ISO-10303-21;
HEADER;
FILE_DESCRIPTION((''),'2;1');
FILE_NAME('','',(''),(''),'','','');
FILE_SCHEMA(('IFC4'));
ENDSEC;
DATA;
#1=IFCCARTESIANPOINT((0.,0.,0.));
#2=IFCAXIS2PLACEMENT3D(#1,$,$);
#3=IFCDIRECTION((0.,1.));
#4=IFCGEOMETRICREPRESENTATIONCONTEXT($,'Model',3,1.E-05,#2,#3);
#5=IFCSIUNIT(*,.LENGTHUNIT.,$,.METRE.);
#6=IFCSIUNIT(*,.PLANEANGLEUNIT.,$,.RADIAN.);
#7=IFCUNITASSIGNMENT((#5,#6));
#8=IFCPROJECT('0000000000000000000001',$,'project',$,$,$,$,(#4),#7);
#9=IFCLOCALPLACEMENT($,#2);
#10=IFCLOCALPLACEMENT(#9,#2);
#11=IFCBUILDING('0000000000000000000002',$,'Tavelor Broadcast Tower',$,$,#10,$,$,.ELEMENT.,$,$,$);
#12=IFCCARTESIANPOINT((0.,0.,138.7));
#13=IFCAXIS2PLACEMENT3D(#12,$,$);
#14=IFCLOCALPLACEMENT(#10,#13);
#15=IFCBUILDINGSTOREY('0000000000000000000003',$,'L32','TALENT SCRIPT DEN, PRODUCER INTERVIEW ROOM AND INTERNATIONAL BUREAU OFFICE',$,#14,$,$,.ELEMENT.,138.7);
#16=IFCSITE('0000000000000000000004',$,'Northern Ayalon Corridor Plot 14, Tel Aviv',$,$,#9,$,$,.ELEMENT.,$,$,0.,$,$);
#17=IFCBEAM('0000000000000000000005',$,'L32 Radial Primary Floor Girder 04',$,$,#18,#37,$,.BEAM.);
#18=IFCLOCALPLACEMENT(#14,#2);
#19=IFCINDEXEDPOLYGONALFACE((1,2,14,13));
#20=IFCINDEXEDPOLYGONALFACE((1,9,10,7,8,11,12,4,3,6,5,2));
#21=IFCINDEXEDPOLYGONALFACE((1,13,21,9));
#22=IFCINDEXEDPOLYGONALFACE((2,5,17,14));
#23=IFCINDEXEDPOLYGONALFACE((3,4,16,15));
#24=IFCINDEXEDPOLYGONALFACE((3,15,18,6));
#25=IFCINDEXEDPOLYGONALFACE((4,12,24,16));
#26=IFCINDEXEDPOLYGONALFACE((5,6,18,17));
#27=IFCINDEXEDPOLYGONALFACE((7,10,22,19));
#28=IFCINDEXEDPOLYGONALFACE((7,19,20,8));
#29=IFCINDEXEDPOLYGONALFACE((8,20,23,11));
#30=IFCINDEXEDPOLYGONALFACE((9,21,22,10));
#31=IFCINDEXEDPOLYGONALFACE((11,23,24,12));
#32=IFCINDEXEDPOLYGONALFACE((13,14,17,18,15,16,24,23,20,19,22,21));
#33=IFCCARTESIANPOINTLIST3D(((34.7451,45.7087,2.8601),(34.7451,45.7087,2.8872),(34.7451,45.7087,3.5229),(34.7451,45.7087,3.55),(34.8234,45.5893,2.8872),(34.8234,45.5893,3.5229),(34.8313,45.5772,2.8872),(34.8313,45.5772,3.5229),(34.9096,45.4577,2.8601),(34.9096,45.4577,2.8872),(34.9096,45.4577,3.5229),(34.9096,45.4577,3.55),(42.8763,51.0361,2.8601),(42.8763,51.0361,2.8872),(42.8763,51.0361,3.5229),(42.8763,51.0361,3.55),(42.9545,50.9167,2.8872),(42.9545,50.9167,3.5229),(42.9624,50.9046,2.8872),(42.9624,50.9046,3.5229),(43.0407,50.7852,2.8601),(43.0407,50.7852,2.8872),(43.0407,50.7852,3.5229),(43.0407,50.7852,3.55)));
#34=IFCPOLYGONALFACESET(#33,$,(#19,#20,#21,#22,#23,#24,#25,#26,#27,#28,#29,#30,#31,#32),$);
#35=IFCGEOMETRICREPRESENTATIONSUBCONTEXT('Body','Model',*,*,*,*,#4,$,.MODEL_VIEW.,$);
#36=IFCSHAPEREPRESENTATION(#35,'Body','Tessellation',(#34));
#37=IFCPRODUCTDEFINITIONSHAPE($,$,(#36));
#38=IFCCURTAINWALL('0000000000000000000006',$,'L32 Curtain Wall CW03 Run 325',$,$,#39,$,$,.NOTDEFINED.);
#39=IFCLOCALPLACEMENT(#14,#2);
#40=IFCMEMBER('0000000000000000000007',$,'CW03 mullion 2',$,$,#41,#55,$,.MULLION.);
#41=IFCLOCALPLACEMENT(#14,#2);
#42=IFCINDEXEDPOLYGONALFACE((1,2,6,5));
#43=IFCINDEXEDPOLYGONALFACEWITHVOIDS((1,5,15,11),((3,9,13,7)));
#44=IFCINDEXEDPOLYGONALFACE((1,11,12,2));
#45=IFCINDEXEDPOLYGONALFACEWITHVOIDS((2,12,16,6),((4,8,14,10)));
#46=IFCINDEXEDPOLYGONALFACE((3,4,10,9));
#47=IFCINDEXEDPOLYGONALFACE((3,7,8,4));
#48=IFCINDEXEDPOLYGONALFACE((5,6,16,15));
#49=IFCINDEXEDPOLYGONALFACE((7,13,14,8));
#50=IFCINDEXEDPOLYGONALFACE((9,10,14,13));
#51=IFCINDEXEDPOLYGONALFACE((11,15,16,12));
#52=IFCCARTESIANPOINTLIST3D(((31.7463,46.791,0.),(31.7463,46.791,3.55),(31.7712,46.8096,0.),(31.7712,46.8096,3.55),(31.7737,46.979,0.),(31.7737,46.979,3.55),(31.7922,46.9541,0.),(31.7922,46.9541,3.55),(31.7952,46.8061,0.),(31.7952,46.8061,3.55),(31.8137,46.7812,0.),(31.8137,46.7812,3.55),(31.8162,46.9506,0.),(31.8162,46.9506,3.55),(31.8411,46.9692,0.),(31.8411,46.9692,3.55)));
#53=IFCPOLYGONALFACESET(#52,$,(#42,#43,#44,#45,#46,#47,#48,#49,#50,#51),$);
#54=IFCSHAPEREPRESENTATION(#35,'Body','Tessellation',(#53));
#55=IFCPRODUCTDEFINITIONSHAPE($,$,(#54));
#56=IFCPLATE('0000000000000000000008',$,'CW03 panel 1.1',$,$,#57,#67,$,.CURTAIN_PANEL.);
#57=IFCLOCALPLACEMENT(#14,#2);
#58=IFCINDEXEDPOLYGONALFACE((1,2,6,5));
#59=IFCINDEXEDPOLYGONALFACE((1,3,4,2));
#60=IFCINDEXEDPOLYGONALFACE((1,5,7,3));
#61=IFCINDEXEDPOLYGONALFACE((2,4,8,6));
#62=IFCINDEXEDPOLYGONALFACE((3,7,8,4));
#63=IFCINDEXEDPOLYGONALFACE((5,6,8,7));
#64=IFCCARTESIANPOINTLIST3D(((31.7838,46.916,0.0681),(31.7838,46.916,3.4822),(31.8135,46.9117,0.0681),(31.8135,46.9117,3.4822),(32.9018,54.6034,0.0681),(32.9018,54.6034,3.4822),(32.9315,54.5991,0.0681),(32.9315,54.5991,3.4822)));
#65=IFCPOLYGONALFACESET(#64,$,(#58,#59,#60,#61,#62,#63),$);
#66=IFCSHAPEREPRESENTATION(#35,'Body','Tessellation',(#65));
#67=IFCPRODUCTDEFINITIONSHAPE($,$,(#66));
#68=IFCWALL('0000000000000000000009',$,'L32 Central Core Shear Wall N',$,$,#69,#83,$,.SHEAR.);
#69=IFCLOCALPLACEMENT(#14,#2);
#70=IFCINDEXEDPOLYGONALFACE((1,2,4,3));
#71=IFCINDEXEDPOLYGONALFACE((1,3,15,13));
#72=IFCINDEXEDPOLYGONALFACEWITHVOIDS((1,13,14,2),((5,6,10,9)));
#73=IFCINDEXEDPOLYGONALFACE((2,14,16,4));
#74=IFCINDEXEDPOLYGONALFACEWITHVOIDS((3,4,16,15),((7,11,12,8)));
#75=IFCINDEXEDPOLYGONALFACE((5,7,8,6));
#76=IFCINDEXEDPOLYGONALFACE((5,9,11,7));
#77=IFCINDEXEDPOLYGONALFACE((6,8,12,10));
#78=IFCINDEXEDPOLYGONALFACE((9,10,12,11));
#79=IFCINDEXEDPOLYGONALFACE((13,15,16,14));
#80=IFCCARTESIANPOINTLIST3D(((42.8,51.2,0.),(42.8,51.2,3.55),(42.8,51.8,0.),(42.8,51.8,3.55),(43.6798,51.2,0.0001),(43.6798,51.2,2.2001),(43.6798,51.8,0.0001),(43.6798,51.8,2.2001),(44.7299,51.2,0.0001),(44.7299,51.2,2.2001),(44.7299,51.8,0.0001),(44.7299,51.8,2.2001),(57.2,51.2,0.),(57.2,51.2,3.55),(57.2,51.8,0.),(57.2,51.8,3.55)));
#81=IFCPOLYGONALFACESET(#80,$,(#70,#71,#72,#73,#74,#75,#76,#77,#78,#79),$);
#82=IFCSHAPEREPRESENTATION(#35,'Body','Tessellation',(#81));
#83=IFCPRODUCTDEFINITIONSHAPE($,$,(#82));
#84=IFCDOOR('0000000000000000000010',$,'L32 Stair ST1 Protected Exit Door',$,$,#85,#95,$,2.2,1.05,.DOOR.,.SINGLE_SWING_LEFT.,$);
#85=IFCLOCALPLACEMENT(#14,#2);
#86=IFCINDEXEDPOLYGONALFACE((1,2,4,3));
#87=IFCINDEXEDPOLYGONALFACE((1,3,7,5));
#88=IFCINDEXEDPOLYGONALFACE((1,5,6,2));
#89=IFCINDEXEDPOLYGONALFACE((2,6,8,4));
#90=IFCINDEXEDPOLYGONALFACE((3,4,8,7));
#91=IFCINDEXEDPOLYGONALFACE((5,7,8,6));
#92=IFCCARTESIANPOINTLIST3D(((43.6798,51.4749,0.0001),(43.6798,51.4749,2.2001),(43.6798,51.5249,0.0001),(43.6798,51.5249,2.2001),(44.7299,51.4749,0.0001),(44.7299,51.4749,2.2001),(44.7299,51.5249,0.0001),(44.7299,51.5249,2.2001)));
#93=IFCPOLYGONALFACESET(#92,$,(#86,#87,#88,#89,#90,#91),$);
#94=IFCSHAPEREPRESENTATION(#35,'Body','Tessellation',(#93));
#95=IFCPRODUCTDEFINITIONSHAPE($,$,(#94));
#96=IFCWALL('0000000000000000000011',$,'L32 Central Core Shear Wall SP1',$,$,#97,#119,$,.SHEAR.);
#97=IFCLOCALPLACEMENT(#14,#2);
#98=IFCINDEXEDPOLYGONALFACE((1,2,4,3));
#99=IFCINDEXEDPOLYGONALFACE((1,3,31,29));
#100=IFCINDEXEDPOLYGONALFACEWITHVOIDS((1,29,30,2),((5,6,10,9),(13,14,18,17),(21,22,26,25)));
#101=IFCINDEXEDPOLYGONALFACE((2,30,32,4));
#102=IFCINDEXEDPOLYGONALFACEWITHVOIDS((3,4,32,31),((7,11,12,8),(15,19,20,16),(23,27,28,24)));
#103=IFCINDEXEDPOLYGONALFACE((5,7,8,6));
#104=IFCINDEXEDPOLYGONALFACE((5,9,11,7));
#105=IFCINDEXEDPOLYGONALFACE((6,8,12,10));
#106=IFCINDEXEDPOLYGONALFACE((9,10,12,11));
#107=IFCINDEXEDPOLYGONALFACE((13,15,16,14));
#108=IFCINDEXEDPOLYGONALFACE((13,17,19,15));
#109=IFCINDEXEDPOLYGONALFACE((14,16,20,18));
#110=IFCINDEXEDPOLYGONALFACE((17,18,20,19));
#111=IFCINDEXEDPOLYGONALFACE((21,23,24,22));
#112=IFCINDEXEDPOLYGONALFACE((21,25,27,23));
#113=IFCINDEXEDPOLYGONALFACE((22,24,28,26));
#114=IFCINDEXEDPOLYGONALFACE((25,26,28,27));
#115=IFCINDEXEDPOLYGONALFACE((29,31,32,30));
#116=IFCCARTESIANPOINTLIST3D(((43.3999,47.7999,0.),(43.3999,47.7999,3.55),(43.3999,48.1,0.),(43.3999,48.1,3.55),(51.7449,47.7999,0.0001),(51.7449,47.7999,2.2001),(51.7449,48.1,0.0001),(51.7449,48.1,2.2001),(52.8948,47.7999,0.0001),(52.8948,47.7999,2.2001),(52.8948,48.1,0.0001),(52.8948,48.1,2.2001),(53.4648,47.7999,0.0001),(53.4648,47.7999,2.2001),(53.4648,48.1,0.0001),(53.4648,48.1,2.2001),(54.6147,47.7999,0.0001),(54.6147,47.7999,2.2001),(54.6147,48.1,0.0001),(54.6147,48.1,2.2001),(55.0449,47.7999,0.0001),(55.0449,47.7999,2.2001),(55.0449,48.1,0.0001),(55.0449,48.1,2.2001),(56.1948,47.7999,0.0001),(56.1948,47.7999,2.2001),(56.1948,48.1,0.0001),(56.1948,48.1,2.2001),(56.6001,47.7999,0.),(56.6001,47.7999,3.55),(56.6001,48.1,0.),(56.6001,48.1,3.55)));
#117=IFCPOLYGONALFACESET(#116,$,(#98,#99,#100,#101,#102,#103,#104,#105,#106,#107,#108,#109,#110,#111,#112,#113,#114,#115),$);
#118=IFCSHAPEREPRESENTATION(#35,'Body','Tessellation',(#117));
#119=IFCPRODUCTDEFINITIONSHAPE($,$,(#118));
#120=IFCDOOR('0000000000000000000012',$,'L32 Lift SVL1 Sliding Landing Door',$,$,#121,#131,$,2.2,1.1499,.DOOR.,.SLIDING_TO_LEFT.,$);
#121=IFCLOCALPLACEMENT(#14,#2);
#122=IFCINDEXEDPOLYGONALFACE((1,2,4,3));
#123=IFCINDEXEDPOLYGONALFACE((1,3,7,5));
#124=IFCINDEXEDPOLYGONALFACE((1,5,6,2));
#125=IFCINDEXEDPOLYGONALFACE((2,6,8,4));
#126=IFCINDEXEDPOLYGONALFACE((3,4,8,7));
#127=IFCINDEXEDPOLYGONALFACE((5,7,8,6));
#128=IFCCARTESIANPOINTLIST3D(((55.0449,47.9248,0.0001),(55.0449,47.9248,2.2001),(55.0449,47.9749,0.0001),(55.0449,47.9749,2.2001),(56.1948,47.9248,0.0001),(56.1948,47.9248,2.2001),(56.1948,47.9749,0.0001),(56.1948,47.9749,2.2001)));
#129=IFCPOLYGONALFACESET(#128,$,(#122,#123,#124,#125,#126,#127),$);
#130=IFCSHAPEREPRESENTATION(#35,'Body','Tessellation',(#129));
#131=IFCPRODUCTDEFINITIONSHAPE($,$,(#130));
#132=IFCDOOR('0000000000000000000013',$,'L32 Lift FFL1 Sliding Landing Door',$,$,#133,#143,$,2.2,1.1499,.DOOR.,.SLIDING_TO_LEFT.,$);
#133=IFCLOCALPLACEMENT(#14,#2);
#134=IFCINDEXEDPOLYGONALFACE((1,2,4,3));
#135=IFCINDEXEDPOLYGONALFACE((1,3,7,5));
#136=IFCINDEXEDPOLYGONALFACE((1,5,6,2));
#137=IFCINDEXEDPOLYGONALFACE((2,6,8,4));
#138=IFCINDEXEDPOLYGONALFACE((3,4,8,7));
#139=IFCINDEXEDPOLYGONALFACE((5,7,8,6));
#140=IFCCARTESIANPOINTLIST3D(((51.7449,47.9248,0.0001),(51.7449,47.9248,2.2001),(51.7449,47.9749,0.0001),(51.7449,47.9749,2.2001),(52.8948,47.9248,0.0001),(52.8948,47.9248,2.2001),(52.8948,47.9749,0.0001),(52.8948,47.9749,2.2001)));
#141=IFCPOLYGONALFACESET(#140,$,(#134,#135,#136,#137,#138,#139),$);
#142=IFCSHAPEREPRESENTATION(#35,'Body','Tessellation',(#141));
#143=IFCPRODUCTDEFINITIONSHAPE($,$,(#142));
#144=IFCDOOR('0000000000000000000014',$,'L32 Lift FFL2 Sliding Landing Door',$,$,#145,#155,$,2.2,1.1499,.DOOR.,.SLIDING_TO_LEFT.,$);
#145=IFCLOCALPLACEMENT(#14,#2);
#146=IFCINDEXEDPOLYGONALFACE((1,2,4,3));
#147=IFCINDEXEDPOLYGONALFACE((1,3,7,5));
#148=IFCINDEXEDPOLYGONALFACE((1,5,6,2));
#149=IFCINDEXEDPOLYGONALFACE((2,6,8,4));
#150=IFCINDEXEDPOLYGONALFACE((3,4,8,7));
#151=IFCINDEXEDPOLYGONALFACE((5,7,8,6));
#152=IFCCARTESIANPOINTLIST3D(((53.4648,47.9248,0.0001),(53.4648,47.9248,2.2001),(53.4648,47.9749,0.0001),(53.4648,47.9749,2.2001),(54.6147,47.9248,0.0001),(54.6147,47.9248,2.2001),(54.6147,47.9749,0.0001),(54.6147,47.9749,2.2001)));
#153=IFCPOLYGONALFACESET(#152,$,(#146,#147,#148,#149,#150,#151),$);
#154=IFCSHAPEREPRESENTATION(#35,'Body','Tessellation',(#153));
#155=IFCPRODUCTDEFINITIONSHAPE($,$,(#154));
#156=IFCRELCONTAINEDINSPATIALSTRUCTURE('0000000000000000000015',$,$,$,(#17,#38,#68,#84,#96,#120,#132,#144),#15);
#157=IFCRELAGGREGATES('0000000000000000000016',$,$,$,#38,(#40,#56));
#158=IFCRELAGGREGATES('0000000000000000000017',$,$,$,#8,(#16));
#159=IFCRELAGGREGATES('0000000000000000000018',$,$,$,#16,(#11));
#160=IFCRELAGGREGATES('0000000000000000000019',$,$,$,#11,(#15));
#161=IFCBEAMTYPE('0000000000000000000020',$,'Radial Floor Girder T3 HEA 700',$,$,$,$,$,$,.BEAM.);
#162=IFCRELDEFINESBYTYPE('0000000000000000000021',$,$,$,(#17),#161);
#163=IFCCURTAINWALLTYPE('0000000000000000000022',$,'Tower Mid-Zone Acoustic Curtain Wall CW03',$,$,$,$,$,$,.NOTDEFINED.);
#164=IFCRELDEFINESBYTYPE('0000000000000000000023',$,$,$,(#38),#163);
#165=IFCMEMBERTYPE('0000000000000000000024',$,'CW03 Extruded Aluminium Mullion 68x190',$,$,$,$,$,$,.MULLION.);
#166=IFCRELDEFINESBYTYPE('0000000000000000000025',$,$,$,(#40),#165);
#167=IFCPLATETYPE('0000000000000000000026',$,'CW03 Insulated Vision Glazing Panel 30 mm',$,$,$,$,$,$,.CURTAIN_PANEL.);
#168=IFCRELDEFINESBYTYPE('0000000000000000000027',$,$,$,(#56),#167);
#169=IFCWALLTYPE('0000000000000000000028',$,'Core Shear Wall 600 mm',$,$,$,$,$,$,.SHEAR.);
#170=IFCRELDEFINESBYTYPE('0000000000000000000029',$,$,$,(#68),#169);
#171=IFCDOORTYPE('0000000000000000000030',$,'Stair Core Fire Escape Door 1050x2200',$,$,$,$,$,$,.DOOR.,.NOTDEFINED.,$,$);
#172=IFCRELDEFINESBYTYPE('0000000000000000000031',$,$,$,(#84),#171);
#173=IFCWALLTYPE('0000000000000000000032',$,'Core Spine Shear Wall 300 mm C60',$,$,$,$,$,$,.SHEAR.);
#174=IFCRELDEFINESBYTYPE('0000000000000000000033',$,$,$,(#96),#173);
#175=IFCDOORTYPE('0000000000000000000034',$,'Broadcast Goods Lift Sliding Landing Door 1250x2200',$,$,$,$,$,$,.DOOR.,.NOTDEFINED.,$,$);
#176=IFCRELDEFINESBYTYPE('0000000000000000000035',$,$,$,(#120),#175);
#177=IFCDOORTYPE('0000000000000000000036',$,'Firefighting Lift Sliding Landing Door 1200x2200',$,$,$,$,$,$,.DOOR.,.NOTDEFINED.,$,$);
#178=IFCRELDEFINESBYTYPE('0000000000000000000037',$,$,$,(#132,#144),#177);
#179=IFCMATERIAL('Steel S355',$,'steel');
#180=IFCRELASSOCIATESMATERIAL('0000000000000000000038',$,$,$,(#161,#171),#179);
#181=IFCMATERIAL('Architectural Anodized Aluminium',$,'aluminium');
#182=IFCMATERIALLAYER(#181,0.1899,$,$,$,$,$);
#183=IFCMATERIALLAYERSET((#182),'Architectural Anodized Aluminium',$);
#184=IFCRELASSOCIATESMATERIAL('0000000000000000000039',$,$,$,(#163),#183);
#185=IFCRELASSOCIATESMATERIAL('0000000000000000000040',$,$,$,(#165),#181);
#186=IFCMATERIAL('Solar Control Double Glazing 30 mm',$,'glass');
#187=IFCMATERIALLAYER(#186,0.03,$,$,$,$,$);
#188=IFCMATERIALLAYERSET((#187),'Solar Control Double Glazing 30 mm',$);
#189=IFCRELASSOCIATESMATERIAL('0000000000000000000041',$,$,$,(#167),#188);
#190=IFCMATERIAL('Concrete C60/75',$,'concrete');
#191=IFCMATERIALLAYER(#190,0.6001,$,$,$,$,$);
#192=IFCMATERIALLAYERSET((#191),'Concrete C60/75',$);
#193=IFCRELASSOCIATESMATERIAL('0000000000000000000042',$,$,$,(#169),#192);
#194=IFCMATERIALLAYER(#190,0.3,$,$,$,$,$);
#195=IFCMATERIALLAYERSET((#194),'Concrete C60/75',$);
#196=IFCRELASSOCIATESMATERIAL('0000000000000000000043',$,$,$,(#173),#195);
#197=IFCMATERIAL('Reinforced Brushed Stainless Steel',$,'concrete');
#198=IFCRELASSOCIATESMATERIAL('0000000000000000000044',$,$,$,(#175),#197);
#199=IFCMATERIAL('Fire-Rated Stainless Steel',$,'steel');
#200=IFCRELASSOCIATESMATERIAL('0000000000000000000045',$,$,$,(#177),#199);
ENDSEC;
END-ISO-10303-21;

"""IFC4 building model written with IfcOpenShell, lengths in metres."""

from ifc_helpers import new_model, si_unit, direction, frame, frame_2d, origin, origin_2d, place, context, subcontext, project, spatial, rectangle, hollow_rectangle, i_section, extrude, source, transform, mapped, material, layer, layer_set, material_profile, profile_set, type_object, type_shapes, element, fill, aggregate, save


model = new_model("IFC4")

# Units and contexts
model_context = context("Model", 3, precision=1e-05, world=origin(), true_north=direction((0.0, 1.0)))
body_context = subcontext(model_context, "Body", "Model", "MODEL_VIEW")
ifc_project = project(units=[si_unit("LENGTHUNIT", "METRE"), si_unit("PLANEANGLEUNIT", "RADIAN")], contexts=[model_context])

# Site, building, storey
site_placement = place(None, origin())
site = spatial("IfcSite", under=ifc_project, at=site_placement, Name="Northern Ayalon Corridor Plot 14, Tel Aviv", CompositionType="ELEMENT", RefElevation=0.0)
building_placement = place(site_placement, origin())
building = spatial("IfcBuilding", under=site, at=building_placement, Name="Tavelor Broadcast Tower", CompositionType="ELEMENT")
storey_placement = place(building_placement, frame((0.0, 0.0, 138.7)))
storey = spatial("IfcBuildingStorey", under=building, at=storey_placement, Name="L32", Description="TALENT SCRIPT DEN, PRODUCER INTERVIEW ROOM AND INTERNATIONAL BUREAU OFFICE", CompositionType="ELEMENT", Elevation=138.7)

# Shared definitions
ifc_material_1 = material(Name="Concrete C60/75", Category="concrete")

# Beam
ifc_material_2 = material(Name="Steel S355", Category="steel")
ifc_material_profile_1 = material_profile(ifc_material_2, i_section(OverallWidth=0.3, OverallDepth=0.6899, WebThickness=0.0144, FlangeThickness=0.0271, at=origin_2d()), Name="HEA 700")
ifc_profile_set_1 = profile_set([ifc_material_profile_1], Name="Steel S355")
beam_type_1 = type_object("IfcBeamType", Name="Radial Floor Girder T3 HEA 700", PredefinedType="BEAM", material=ifc_profile_set_1)
beam_1_placement = place(storey_placement, frame((42.9585, 50.9106, 3.2051), z_axis=(-0.836456, -0.548035, 0.0), x_axis=(0.548035, -0.836456, 0.0)))
element("IfcBeam", 1, at=beam_1_placement, inside=storey, type_object=beam_type_1, Name="L32 Radial Primary Floor Girder 04", PredefinedType="BEAM", context=body_context, shape_type="SweptSolid", body=[
    extrude(i_section(OverallWidth=0.3, OverallDepth=0.6899, WebThickness=0.0144, FlangeThickness=0.0271, at=origin_2d()), origin(), (0.0, 0.0, 1.0), 9.7209),
])

# Curtain wall, member, plate
ifc_material_3 = material(Name="Architectural Anodized Aluminium", Category="aluminium")
ifc_layer_1 = layer(ifc_material_3, 0.1899)
ifc_layer_set_1 = layer_set([ifc_layer_1], Name="Architectural Anodized Aluminium")
curtain_wall_type = type_object("IfcCurtainWallType", Name="Tower Mid-Zone Acoustic Curtain Wall CW03", PredefinedType="NOTDEFINED", material=ifc_layer_set_1)
curtain_wall_placement = place(storey_placement, origin())
curtain_wall = element("IfcCurtainWall", 2, at=curtain_wall_placement, inside=storey, type_object=curtain_wall_type, Name="L32 Curtain Wall CW03 Run 325", PredefinedType="NOTDEFINED")
ifc_material_profile_2 = material_profile(ifc_material_3, hollow_rectangle(XDim=0.0681, YDim=0.1899, WallThickness=0.022, at=origin_2d()), Name="RHS 68x190x22")
ifc_profile_set_2 = profile_set([ifc_material_profile_2], Name="Architectural Anodized Aluminium")
member_type = type_object("IfcMemberType", Name="CW03 Extruded Aluminium Mullion 68x190", PredefinedType="MULLION", material=ifc_profile_set_2)
shared_shape_1 = source(origin(), body_context, "Body", "SweptSolid", [
    extrude(hollow_rectangle(XDim=0.0681, YDim=0.1899, WallThickness=0.022, at=origin_2d()), origin(), (0.0, 0.0, 1.0), 3.55),
])
type_shapes(member_type, [shared_shape_1])
member_placement = place(storey_placement, frame((31.7937, 46.8801, 0.0), z_axis=(0.0, 0.0, 1.0), x_axis=(0.989589, -0.143924, 0.0)))
member = element("IfcMember", 3, at=member_placement, type_object=member_type, Name="CW03 mullion 2", PredefinedType="MULLION", context=body_context, shape_type="MappedRepresentation", body=[
    mapped(shared_shape_1, transform((0.0, 0.0, 0.0), scale=1.0)),
])
ifc_material_4 = material(Name="Solar Control Double Glazing 30 mm", Category="glass")
ifc_layer_2 = layer(ifc_material_4, 0.03)
ifc_layer_set_2 = layer_set([ifc_layer_2], Name="Solar Control Double Glazing 30 mm")
plate_type = type_object("IfcPlateType", Name="CW03 Insulated Vision Glazing Panel 30 mm", PredefinedType="CURTAIN_PANEL", material=ifc_layer_set_2)
shared_shape_2 = source(origin(), body_context, "Body", "SweptSolid", [
    extrude(rectangle(XDim=7.7683, YDim=0.03, at=origin_2d()), origin(), (0.0, 0.0, 1.0), 3.4141),
])
type_shapes(plate_type, [shared_shape_2])
plate_placement = place(storey_placement, frame((32.3577, 50.7576, 0.0681), z_axis=(0.0, 0.0, 1.0), x_axis=(-0.143924, -0.989589, 0.0)))
plate = element("IfcPlate", 4, at=plate_placement, type_object=plate_type, Name="CW03 panel 1.1", PredefinedType="CURTAIN_PANEL", context=body_context, shape_type="MappedRepresentation", body=[
    mapped(shared_shape_2, transform((0.0, 0.0, 0.0), scale=1.0)),
])
aggregate(curtain_wall, [member, plate])

# Wall, opening, door
ifc_layer_3 = layer(ifc_material_1, 0.6001)
ifc_layer_set_3 = layer_set([ifc_layer_3], Name="Concrete C60/75")
wall_type_1 = type_object("IfcWallType", Name="Core Shear Wall 600 mm", PredefinedType="SHEAR", material=ifc_layer_set_3)
wall_1_placement = place(storey_placement, frame((42.8, 51.5, 0.0), z_axis=(0.0, 0.0, 1.0), x_axis=(1.0, 0.0, 0.0)))
wall_1 = element("IfcWall", 5, at=wall_1_placement, inside=storey, type_object=wall_type_1, Name="L32 Central Core Shear Wall N", PredefinedType="SHEAR", context=body_context, shape_type="SweptSolid", body=[
    extrude(rectangle(XDim=14.3999, YDim=0.6001, at=frame_2d((7.2, 0.0))), origin(), (0.0, 0.0, 1.0), 3.55),
])
opening_1_placement = place(wall_1_placement, frame((0.8799, 0.0, 0.0)))
opening_1 = element("IfcOpeningElement", 6, at=opening_1_placement, cuts=wall_1, PredefinedType="OPENING", context=body_context, shape_type="SweptSolid", body=[
    extrude(rectangle(XDim=1.05, YDim=2.2, at=frame_2d((0.5249, 1.1001))), frame((0.0, 0.3101, 0.0), z_axis=(0.0, -1.0, 0.0), x_axis=(1.0, 0.0, 0.0)), (0.0, 0.0, 1.0), 0.6201),
])
door_type_1 = type_object("IfcDoorType", Name="Stair Core Fire Escape Door 1050x2200", OperationType="NOTDEFINED", PredefinedType="DOOR", material=ifc_material_2)
door_1_placement = place(opening_1_placement, origin())
door_1 = element("IfcDoor", 7, at=door_1_placement, inside=storey, type_object=door_type_1, Name="L32 Stair ST1 Protected Exit Door", OperationType="SINGLE_SWING_LEFT", OverallHeight=2.2, OverallWidth=1.05, PredefinedType="DOOR", context=body_context, shape_type="SweptSolid", body=[
    extrude(rectangle(XDim=1.05, YDim=2.2, at=frame_2d((0.5249, 1.1001))), frame((0.0, 0.0249, 0.0), z_axis=(0.0, -1.0, 0.0), x_axis=(1.0, 0.0, 0.0)), (0.0, 0.0, 1.0), 0.05),
])
fill(opening_1, door_1)

# Wall, openings, doors
ifc_layer_4 = layer(ifc_material_1, 0.3)
ifc_layer_set_4 = layer_set([ifc_layer_4], Name="Concrete C60/75")
wall_type_2 = type_object("IfcWallType", Name="Core Spine Shear Wall 300 mm C60", PredefinedType="SHEAR", material=ifc_layer_set_4)
wall_2_placement = place(storey_placement, frame((43.3999, 47.95, 0.0), z_axis=(0.0, 0.0, 1.0), x_axis=(1.0, 0.0, 0.0)))
wall_2 = element("IfcWall", 8, at=wall_2_placement, inside=storey, type_object=wall_type_2, Name="L32 Central Core Shear Wall SP1", PredefinedType="SHEAR", context=body_context, shape_type="SweptSolid", body=[
    extrude(rectangle(XDim=13.2002, YDim=0.3, at=frame_2d((6.6001, 0.0))), origin(), (0.0, 0.0, 1.0), 3.55),
])
opening_2_placement = place(wall_2_placement, frame((8.345, 0.0, 0.0)))
opening_2 = element("IfcOpeningElement", 9, at=opening_2_placement, cuts=wall_2, PredefinedType="OPENING", context=body_context, shape_type="SweptSolid", body=[
    extrude(rectangle(XDim=1.1499, YDim=2.2, at=frame_2d((0.575, 1.1001))), frame((0.0, 0.1602, 0.0), z_axis=(0.0, -1.0, 0.0), x_axis=(1.0, 0.0, 0.0)), (0.0, 0.0, 1.0), 0.3201),
])
opening_3_placement = place(wall_2_placement, frame((10.0649, 0.0, 0.0)))
opening_3 = element("IfcOpeningElement", 10, at=opening_3_placement, cuts=wall_2, PredefinedType="OPENING", context=body_context, shape_type="SweptSolid", body=[
    extrude(rectangle(XDim=1.1499, YDim=2.2, at=frame_2d((0.575, 1.1001))), frame((0.0, 0.1602, 0.0), z_axis=(0.0, -1.0, 0.0), x_axis=(1.0, 0.0, 0.0)), (0.0, 0.0, 1.0), 0.3201),
])
opening_4_placement = place(wall_2_placement, frame((11.645, 0.0, 0.0)))
opening_4 = element("IfcOpeningElement", 11, at=opening_4_placement, cuts=wall_2, PredefinedType="OPENING", context=body_context, shape_type="SweptSolid", body=[
    extrude(rectangle(XDim=1.1499, YDim=2.2, at=frame_2d((0.575, 1.1001))), frame((0.0, 0.1602, 0.0), z_axis=(0.0, -1.0, 0.0), x_axis=(1.0, 0.0, 0.0)), (0.0, 0.0, 1.0), 0.3201),
])
ifc_material_5 = material(Name="Reinforced Brushed Stainless Steel", Category="concrete")
door_type_2 = type_object("IfcDoorType", Name="Broadcast Goods Lift Sliding Landing Door 1250x2200", OperationType="NOTDEFINED", PredefinedType="DOOR", material=ifc_material_5)
door_2_placement = place(opening_4_placement, origin())
door_2 = element("IfcDoor", 12, at=door_2_placement, inside=storey, type_object=door_type_2, Name="L32 Lift SVL1 Sliding Landing Door", OperationType="SLIDING_TO_LEFT", OverallHeight=2.2, OverallWidth=1.1499, PredefinedType="DOOR", context=body_context, shape_type="SweptSolid", body=[
    extrude(rectangle(XDim=1.1499, YDim=2.2, at=frame_2d((0.575, 1.1001))), frame((0.0, 0.0249, 0.0), z_axis=(0.0, -1.0, 0.0), x_axis=(1.0, 0.0, 0.0)), (0.0, 0.0, 1.0), 0.05),
])
fill(opening_4, door_2)
ifc_material_6 = material(Name="Fire-Rated Stainless Steel", Category="steel")
door_type_3 = type_object("IfcDoorType", Name="Firefighting Lift Sliding Landing Door 1200x2200", OperationType="NOTDEFINED", PredefinedType="DOOR", material=ifc_material_6)
door_3_placement = place(opening_2_placement, origin())
door_3 = element("IfcDoor", 13, at=door_3_placement, inside=storey, type_object=door_type_3, Name="L32 Lift FFL1 Sliding Landing Door", OperationType="SLIDING_TO_LEFT", OverallHeight=2.2, OverallWidth=1.1499, PredefinedType="DOOR", context=body_context, shape_type="SweptSolid", body=[
    extrude(rectangle(XDim=1.1499, YDim=2.2, at=frame_2d((0.575, 1.1001))), frame((0.0, 0.0249, 0.0), z_axis=(0.0, -1.0, 0.0), x_axis=(1.0, 0.0, 0.0)), (0.0, 0.0, 1.0), 0.05),
])
fill(opening_2, door_3)
door_4_placement = place(opening_3_placement, origin())
door_4 = element("IfcDoor", 14, at=door_4_placement, inside=storey, type_object=door_type_3, Name="L32 Lift FFL2 Sliding Landing Door", OperationType="SLIDING_TO_LEFT", OverallHeight=2.2, OverallWidth=1.1499, PredefinedType="DOOR", context=body_context, shape_type="SweptSolid", body=[
    extrude(rectangle(XDim=1.1499, YDim=2.2, at=frame_2d((0.575, 1.1001))), frame((0.0, 0.0249, 0.0), z_axis=(0.0, -1.0, 0.0), x_axis=(1.0, 0.0, 0.0)), (0.0, 0.0, 1.0), 0.05),
])
fill(opening_3, door_4)

save(model, "model.ifc")
